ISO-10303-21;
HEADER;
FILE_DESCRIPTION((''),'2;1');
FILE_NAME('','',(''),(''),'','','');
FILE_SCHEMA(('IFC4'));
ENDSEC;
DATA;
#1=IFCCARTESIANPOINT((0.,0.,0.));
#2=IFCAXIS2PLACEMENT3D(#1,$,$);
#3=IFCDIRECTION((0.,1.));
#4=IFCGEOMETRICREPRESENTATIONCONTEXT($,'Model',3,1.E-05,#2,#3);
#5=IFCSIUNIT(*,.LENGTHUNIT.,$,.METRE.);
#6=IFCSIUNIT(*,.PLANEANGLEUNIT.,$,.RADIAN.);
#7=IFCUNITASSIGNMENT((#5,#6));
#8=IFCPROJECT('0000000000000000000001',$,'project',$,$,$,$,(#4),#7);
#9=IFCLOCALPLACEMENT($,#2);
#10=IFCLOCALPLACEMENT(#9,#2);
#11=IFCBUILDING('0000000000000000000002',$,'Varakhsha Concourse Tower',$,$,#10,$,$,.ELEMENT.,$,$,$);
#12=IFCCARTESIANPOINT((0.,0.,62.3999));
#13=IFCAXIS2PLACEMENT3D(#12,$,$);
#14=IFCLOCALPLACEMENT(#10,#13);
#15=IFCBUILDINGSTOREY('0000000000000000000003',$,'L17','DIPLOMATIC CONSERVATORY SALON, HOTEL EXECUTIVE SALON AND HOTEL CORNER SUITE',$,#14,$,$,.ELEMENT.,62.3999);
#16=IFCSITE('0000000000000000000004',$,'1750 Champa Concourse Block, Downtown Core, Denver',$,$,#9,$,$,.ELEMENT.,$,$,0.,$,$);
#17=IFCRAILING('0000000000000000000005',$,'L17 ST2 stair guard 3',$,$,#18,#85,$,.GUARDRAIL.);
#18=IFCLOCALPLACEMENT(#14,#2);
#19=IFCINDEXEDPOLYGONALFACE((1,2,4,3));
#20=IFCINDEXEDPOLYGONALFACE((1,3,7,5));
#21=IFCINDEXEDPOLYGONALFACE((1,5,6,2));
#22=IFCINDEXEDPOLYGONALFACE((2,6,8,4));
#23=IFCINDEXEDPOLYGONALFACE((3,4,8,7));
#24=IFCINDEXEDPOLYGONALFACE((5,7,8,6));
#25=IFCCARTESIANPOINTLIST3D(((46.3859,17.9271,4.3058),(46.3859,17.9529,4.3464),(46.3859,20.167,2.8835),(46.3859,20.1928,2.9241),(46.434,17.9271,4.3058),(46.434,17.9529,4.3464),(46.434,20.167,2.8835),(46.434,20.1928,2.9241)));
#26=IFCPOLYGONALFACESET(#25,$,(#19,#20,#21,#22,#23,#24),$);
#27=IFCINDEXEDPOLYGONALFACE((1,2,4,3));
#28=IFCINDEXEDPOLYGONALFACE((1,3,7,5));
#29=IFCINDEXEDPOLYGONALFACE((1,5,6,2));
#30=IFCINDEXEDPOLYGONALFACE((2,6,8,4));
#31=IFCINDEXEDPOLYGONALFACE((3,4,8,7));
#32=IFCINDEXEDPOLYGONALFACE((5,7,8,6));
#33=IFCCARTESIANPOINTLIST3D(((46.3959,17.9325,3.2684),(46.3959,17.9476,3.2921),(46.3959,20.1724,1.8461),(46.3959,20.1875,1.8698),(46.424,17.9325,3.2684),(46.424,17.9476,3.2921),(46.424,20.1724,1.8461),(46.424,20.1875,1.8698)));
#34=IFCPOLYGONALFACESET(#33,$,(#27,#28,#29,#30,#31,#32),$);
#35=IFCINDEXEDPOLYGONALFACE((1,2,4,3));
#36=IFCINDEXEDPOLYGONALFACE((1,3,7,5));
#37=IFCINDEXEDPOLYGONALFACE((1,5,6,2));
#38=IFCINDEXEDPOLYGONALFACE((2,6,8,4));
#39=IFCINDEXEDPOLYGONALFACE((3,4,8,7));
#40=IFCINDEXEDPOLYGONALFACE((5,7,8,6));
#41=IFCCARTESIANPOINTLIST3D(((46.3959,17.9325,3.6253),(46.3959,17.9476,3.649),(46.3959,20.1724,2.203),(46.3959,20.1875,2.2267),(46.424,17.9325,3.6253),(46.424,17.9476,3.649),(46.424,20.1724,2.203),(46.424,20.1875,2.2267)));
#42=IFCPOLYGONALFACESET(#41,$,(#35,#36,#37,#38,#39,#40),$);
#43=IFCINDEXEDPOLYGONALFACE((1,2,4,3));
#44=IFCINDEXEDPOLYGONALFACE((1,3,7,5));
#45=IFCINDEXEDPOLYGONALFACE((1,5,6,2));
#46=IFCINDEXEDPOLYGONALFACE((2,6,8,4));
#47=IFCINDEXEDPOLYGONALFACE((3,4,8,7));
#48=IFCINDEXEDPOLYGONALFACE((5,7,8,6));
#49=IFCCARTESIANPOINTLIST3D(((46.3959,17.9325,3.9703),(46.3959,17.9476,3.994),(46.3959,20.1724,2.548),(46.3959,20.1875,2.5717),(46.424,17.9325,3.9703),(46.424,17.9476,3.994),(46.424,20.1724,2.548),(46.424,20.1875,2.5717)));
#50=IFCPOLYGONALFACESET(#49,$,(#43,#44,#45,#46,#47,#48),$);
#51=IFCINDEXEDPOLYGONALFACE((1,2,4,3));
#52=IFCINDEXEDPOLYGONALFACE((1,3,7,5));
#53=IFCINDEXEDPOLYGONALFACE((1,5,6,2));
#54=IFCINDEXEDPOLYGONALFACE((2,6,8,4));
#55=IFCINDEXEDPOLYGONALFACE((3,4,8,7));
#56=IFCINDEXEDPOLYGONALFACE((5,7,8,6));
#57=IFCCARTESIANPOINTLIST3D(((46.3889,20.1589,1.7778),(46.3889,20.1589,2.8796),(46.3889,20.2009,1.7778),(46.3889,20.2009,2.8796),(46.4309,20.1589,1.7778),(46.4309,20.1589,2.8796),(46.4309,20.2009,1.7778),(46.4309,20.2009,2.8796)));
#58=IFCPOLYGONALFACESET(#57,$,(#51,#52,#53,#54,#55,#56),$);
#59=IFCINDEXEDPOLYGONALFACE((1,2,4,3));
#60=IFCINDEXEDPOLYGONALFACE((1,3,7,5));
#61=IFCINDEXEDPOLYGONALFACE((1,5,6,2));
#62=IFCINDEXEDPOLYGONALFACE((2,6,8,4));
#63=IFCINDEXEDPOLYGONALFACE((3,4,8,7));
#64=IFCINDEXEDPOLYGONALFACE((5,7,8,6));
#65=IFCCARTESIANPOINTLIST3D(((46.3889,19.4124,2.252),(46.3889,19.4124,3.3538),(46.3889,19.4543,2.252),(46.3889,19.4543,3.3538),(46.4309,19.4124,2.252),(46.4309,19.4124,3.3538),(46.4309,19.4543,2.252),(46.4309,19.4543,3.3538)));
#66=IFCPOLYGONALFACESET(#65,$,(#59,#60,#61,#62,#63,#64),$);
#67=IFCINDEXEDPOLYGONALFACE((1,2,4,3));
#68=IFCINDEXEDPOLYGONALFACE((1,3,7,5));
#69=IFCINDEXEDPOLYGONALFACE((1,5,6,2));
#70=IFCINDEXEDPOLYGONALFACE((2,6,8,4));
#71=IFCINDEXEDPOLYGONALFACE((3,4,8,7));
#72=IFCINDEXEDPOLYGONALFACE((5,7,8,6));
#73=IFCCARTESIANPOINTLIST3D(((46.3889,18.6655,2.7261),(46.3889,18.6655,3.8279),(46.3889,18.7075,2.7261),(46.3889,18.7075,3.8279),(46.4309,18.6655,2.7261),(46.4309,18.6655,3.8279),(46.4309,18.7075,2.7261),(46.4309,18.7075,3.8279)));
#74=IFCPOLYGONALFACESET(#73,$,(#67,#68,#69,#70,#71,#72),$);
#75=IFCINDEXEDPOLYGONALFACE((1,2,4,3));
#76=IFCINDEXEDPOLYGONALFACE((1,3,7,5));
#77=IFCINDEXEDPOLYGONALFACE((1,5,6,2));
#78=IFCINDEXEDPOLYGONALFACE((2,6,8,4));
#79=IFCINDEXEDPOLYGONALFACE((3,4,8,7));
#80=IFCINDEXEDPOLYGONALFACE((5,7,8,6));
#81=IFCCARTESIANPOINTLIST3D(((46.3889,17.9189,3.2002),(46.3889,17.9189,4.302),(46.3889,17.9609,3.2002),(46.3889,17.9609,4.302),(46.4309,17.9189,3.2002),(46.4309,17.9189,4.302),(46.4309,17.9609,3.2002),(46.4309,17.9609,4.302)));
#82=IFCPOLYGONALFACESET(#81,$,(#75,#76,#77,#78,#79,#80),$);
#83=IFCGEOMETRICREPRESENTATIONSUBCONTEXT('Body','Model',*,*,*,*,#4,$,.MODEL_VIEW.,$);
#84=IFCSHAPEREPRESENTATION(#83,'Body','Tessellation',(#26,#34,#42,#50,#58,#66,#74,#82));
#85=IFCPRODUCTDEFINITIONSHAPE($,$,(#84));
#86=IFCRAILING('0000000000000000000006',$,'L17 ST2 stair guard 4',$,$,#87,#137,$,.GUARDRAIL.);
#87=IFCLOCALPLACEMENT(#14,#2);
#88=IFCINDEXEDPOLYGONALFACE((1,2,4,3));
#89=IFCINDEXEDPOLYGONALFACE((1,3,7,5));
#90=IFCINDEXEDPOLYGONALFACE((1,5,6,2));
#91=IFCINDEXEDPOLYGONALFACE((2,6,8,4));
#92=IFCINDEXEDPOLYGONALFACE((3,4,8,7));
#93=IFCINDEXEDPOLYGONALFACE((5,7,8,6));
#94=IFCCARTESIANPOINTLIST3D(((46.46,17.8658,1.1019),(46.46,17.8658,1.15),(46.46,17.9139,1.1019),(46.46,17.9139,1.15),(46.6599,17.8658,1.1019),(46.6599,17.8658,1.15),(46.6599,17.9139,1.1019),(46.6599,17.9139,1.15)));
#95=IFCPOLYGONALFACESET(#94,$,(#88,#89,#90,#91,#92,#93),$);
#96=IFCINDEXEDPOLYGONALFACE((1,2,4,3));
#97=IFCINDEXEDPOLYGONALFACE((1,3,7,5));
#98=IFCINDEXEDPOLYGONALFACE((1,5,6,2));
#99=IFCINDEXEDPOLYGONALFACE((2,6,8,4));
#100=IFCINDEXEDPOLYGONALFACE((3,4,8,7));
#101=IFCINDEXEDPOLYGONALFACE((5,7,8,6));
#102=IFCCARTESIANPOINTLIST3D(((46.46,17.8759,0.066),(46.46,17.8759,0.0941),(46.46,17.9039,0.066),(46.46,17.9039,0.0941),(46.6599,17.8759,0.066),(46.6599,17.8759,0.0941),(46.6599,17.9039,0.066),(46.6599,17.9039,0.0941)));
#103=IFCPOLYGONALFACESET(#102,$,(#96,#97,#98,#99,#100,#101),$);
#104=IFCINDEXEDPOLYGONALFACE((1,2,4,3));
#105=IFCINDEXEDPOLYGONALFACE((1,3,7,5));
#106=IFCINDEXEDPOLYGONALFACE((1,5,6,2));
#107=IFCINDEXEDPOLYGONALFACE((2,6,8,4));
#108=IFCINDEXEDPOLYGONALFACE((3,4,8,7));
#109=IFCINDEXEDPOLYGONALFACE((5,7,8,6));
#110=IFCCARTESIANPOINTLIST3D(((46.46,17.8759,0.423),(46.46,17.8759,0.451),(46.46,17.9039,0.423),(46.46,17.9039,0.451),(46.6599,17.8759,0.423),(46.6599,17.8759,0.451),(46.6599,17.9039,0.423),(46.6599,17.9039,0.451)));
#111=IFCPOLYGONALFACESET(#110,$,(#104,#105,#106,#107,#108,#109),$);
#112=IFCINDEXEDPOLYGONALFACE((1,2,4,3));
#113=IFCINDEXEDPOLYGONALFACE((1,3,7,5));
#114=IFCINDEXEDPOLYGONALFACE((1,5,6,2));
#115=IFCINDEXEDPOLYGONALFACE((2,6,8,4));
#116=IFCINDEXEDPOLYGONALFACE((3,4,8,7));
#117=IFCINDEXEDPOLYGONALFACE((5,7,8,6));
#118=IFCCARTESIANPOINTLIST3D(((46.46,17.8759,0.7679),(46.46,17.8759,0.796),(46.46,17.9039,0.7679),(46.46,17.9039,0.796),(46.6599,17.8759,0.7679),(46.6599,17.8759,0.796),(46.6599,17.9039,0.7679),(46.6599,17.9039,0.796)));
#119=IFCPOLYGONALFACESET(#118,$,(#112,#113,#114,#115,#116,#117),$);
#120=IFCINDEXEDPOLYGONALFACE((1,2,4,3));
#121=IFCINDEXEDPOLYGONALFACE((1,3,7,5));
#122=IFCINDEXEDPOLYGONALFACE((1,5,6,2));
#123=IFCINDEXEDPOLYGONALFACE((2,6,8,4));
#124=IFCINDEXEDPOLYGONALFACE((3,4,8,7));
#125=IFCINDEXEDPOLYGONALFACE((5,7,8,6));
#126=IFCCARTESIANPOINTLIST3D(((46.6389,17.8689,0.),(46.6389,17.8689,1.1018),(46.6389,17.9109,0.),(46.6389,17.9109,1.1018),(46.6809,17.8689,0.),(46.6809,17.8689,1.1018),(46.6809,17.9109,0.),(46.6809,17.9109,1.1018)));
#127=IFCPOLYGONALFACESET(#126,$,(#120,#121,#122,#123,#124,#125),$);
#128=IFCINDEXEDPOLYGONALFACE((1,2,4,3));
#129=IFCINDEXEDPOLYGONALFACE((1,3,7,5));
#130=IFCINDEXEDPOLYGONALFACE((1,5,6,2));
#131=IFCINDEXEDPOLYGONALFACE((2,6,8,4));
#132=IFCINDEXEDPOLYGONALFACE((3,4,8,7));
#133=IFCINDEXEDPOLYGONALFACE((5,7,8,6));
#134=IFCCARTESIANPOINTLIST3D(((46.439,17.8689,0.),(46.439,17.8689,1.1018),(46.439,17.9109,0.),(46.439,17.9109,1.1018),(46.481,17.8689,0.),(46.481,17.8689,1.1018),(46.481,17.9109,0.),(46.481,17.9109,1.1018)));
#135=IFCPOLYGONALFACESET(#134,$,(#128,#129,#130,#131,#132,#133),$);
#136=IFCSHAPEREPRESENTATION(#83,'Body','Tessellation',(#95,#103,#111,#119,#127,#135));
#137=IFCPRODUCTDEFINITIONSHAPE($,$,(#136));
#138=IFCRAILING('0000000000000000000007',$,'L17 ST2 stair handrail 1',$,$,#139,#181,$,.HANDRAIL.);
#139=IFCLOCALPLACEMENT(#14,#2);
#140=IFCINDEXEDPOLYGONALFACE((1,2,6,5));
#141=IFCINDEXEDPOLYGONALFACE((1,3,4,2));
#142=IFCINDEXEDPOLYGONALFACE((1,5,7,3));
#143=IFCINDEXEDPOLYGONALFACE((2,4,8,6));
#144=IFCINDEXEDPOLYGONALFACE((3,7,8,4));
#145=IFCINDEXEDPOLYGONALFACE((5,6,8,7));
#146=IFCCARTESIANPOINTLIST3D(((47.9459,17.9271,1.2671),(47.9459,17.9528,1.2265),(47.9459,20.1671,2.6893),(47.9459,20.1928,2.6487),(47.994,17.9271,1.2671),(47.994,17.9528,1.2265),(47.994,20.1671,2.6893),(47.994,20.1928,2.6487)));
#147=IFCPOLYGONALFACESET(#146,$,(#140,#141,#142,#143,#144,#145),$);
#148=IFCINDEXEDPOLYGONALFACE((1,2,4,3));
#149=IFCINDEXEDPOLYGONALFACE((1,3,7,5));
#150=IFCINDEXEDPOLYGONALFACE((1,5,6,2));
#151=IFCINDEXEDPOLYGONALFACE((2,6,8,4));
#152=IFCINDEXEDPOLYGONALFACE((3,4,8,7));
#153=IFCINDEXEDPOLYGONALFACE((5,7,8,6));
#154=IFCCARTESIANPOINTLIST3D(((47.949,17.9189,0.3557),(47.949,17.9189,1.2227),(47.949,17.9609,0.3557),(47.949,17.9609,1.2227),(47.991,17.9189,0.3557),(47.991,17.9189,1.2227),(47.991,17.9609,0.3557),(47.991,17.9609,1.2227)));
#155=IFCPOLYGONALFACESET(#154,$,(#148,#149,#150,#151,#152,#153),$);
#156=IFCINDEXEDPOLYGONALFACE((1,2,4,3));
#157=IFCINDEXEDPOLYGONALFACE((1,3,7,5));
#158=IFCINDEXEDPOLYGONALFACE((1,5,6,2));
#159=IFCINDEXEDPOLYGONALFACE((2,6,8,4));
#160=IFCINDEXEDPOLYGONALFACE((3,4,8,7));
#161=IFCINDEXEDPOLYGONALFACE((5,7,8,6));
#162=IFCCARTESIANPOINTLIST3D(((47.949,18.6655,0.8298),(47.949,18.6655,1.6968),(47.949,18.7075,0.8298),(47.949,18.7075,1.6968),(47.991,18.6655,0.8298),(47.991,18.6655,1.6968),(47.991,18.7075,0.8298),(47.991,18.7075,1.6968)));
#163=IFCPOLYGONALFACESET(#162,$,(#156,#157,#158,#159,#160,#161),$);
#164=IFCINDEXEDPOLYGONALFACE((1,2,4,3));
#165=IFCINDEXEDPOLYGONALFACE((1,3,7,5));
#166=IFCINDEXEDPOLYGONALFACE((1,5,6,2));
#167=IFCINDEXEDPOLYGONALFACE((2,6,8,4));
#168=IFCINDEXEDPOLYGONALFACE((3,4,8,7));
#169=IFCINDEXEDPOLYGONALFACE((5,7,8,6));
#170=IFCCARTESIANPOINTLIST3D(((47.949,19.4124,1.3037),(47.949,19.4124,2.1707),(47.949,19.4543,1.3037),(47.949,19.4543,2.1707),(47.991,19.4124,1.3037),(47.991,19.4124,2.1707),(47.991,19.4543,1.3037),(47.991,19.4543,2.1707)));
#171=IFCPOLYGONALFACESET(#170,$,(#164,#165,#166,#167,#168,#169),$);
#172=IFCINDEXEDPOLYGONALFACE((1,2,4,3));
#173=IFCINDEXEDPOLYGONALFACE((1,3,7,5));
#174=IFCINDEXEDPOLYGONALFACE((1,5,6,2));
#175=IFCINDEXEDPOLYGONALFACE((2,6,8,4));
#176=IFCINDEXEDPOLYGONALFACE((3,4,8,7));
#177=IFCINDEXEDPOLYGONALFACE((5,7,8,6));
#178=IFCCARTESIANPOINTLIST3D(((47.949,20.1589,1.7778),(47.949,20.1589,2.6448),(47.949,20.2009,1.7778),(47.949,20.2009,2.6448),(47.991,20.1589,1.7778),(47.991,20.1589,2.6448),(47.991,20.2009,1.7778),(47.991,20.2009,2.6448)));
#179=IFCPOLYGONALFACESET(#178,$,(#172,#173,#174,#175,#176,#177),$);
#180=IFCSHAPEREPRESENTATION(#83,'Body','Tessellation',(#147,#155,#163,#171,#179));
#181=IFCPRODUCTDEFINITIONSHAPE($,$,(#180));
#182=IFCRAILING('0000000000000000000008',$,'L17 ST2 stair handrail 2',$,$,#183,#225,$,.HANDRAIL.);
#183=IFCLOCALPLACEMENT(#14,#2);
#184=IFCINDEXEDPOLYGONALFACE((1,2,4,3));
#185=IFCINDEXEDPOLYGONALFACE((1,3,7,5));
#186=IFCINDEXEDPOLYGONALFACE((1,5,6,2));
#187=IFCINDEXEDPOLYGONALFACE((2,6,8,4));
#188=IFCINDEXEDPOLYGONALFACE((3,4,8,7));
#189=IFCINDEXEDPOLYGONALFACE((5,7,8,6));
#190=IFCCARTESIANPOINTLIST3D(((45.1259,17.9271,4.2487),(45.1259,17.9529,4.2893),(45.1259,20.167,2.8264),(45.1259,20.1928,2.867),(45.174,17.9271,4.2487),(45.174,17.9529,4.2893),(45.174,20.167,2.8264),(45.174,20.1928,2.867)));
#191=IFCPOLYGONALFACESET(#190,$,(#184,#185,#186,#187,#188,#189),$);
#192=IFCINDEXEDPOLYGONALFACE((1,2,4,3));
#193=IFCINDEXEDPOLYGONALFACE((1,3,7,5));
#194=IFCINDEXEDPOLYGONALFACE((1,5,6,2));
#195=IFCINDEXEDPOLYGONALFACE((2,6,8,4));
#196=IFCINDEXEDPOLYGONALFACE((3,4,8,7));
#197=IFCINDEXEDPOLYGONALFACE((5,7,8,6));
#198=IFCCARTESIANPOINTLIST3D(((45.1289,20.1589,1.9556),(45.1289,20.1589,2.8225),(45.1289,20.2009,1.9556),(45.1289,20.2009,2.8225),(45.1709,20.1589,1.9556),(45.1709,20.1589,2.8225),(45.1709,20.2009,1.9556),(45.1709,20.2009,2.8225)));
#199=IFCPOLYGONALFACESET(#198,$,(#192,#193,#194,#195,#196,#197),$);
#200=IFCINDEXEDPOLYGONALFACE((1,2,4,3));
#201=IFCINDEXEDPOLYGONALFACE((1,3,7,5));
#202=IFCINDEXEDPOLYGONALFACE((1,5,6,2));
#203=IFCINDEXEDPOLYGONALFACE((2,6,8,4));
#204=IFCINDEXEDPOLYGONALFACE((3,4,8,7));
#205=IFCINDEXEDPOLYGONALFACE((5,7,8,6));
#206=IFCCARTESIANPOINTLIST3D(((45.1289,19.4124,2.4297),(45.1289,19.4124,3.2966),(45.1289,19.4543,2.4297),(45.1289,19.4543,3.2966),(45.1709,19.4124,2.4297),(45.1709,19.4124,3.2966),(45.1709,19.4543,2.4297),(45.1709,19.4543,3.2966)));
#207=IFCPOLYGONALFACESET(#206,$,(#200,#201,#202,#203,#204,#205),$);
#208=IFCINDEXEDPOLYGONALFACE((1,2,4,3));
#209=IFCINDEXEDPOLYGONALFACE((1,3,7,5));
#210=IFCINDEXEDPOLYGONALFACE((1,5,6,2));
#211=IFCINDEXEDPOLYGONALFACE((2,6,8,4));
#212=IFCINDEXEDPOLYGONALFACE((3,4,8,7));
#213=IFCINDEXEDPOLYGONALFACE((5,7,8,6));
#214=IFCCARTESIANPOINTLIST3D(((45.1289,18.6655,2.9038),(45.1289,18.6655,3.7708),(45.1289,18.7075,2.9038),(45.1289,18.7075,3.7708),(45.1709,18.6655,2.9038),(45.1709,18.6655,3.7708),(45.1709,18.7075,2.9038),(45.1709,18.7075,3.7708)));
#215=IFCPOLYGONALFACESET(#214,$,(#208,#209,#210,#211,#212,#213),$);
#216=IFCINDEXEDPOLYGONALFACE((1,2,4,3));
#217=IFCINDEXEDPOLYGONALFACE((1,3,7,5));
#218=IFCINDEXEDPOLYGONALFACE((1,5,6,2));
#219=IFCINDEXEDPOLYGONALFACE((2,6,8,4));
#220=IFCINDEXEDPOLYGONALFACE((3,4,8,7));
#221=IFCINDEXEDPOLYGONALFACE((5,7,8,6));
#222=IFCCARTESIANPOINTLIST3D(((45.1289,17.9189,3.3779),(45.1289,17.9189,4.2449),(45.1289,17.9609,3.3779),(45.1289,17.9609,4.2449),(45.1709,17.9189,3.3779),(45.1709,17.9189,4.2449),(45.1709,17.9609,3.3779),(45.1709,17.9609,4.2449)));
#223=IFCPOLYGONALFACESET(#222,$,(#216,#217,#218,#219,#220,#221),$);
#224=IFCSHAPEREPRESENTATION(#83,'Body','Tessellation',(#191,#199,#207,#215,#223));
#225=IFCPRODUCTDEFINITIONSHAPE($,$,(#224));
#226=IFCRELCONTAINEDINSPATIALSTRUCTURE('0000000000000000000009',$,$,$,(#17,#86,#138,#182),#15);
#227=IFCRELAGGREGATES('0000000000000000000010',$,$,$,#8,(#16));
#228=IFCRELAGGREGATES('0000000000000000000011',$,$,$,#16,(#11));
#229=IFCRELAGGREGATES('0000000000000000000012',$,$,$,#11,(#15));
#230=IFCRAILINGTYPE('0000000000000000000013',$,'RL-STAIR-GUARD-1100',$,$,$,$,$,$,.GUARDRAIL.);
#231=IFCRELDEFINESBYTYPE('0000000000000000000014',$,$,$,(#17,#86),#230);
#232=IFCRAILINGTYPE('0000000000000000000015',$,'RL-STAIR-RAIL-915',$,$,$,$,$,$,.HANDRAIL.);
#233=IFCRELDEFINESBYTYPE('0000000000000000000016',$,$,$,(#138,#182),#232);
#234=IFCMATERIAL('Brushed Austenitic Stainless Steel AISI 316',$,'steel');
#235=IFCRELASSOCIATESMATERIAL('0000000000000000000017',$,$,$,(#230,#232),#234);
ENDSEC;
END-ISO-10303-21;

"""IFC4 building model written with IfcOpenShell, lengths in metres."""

from ifc_helpers import new_model, si_unit, direction, frame, origin, origin_2d, place, context, subcontext, project, spatial, rectangle, extrude, material, type_object, element, save


model = new_model("IFC4")

# Units and contexts
model_context = context("Model", 3, precision=1e-05, world=origin(), true_north=direction((0.0, 1.0)))
body_context = subcontext(model_context, "Body", "Model", "MODEL_VIEW")
ifc_project = project(units=[si_unit("LENGTHUNIT", "METRE"), si_unit("PLANEANGLEUNIT", "RADIAN")], contexts=[model_context])

# Site, building, storey
site_placement = place(None, origin())
site = spatial("IfcSite", under=ifc_project, at=site_placement, Name="1750 Champa Concourse Block, Downtown Core, Denver", CompositionType="ELEMENT", RefElevation=0.0)
building_placement = place(site_placement, origin())
building = spatial("IfcBuilding", under=site, at=building_placement, Name="Varakhsha Concourse Tower", CompositionType="ELEMENT")
storey_placement = place(building_placement, frame((0.0, 0.0, 62.3999)))
storey = spatial("IfcBuildingStorey", under=building, at=storey_placement, Name="L17", Description="DIPLOMATIC CONSERVATORY SALON, HOTEL EXECUTIVE SALON AND HOTEL CORNER SUITE", CompositionType="ELEMENT", Elevation=62.3999)

# Railings
ifc_material_1 = material(Name="Brushed Austenitic Stainless Steel AISI 316", Category="steel")
railing_type_1 = type_object("IfcRailingType", Name="RL-STAIR-GUARD-1100", PredefinedType="GUARDRAIL", material=ifc_material_1)
railing_1_placement = place(storey_placement, frame((46.4099, 20.1799, 1.7778)))
element("IfcRailing", 1, at=railing_1_placement, inside=storey, type_object=railing_type_1, Name="L17 ST2 stair guard 3", PredefinedType="GUARDRAIL", context=body_context, shape_type="SweptSolid", body=[
    extrude(rectangle(XDim=0.0481, YDim=0.0481, at=origin_2d()), frame((0.0, 0.0, 1.126), z_axis=(0.0, -0.844188, 0.536048), x_axis=(1.0, 0.0, 0.0)), (0.0, 0.0, 1.0), 2.6533),
    extrude(rectangle(XDim=0.0281, YDim=0.0281, at=origin_2d()), frame((0.0, 0.0, 0.0801), z_axis=(0.0, -0.844188, 0.536048), x_axis=(1.0, 0.0, 0.0)), (0.0, 0.0, 1.0), 2.6533),
    extrude(rectangle(XDim=0.0281, YDim=0.0281, at=origin_2d()), frame((0.0, 0.0, 0.437), z_axis=(0.0, -0.844188, 0.536048), x_axis=(1.0, 0.0, 0.0)), (0.0, 0.0, 1.0), 2.6533),
    extrude(rectangle(XDim=0.0281, YDim=0.0281, at=origin_2d()), frame((0.0, 0.0, 0.782), z_axis=(0.0, -0.844188, 0.536048), x_axis=(1.0, 0.0, 0.0)), (0.0, 0.0, 1.0), 2.6533),
    extrude(rectangle(XDim=0.042, YDim=0.042, at=origin_2d()), origin(), (0.0, 0.0, 1.0), 1.1018),
    extrude(rectangle(XDim=0.042, YDim=0.042, at=origin_2d()), frame((0.0, -0.7466, 0.4741)), (0.0, 0.0, 1.0), 1.1018),
    extrude(rectangle(XDim=0.042, YDim=0.042, at=origin_2d()), frame((0.0, -1.4934, 0.9482)), (0.0, 0.0, 1.0), 1.1018),
    extrude(rectangle(XDim=0.042, YDim=0.042, at=origin_2d()), frame((0.0, -2.24, 1.4224)), (0.0, 0.0, 1.0), 1.1018),
])
railing_2_placement = place(storey_placement, frame((46.6599, 17.8899, 0.0)))
element("IfcRailing", 2, at=railing_2_placement, inside=storey, type_object=railing_type_1, Name="L17 ST2 stair guard 4", PredefinedType="GUARDRAIL", context=body_context, shape_type="SweptSolid", body=[
    extrude(rectangle(XDim=0.0481, YDim=0.0481, at=origin_2d()), frame((0.0, 0.0, 1.126), z_axis=(-1.0, 0.0, 0.0), x_axis=(0.0, -1.0, 0.0)), (0.0, 0.0, 1.0), 0.2),
    extrude(rectangle(XDim=0.0281, YDim=0.0281, at=origin_2d()), frame((0.0, 0.0, 0.0801), z_axis=(-1.0, 0.0, 0.0), x_axis=(0.0, -1.0, 0.0)), (0.0, 0.0, 1.0), 0.2),
    extrude(rectangle(XDim=0.0281, YDim=0.0281, at=origin_2d()), frame((0.0, 0.0, 0.437), z_axis=(-1.0, 0.0, 0.0), x_axis=(0.0, -1.0, 0.0)), (0.0, 0.0, 1.0), 0.2),
    extrude(rectangle(XDim=0.0281, YDim=0.0281, at=origin_2d()), frame((0.0, 0.0, 0.782), z_axis=(-1.0, 0.0, 0.0), x_axis=(0.0, -1.0, 0.0)), (0.0, 0.0, 1.0), 0.2),
    extrude(rectangle(XDim=0.042, YDim=0.042, at=origin_2d()), origin(), (0.0, 0.0, 1.0), 1.1018),
    extrude(rectangle(XDim=0.042, YDim=0.042, at=origin_2d()), frame((-0.2, 0.0, 0.0)), (0.0, 0.0, 1.0), 1.1018),
])
railing_type_2 = type_object("IfcRailingType", Name="RL-STAIR-RAIL-915", PredefinedType="HANDRAIL", material=ifc_material_1)
railing_3_placement = place(storey_placement, frame((47.97, 17.9399, 0.3557)))
element("IfcRailing", 3, at=railing_3_placement, inside=storey, type_object=railing_type_2, Name="L17 ST2 stair handrail 1", PredefinedType="HANDRAIL", context=body_context, shape_type="SweptSolid", body=[
    extrude(rectangle(XDim=0.0481, YDim=0.0481, at=origin_2d()), frame((0.0, 0.0, 0.8911), z_axis=(0.0, 0.844229, 0.535982), x_axis=(-1.0, 0.0, 0.0)), (0.0, 0.0, 1.0), 2.6533),
    extrude(rectangle(XDim=0.042, YDim=0.042, at=origin_2d()), origin(), (0.0, 0.0, 1.0), 0.8669),
    extrude(rectangle(XDim=0.042, YDim=0.042, at=origin_2d()), frame((0.0, 0.7466, 0.4741)), (0.0, 0.0, 1.0), 0.8669),
    extrude(rectangle(XDim=0.042, YDim=0.042, at=origin_2d()), frame((0.0, 1.4934, 0.948)), (0.0, 0.0, 1.0), 0.8669),
    extrude(rectangle(XDim=0.042, YDim=0.042, at=origin_2d()), frame((0.0, 2.24, 1.4221)), (0.0, 0.0, 1.0), 0.8669),
])
railing_4_placement = place(storey_placement, frame((45.1499, 20.1799, 1.9556)))
element("IfcRailing", 4, at=railing_4_placement, inside=storey, type_object=railing_type_2, Name="L17 ST2 stair handrail 2", PredefinedType="HANDRAIL", context=body_context, shape_type="SweptSolid", body=[
    extrude(rectangle(XDim=0.0481, YDim=0.0481, at=origin_2d()), frame((0.0, 0.0, 0.8911), z_axis=(0.0, -0.844188, 0.536048), x_axis=(1.0, 0.0, 0.0)), (0.0, 0.0, 1.0), 2.6533),
    extrude(rectangle(XDim=0.042, YDim=0.042, at=origin_2d()), origin(), (0.0, 0.0, 1.0), 0.8669),
    extrude(rectangle(XDim=0.042, YDim=0.042, at=origin_2d()), frame((0.0, -0.7466, 0.4741)), (0.0, 0.0, 1.0), 0.8669),
    extrude(rectangle(XDim=0.042, YDim=0.042, at=origin_2d()), frame((0.0, -1.4934, 0.9482)), (0.0, 0.0, 1.0), 0.8669),
    extrude(rectangle(XDim=0.042, YDim=0.042, at=origin_2d()), frame((0.0, -2.24, 1.4224)), (0.0, 0.0, 1.0), 0.8669),
])

save(model, "model.ifc")
